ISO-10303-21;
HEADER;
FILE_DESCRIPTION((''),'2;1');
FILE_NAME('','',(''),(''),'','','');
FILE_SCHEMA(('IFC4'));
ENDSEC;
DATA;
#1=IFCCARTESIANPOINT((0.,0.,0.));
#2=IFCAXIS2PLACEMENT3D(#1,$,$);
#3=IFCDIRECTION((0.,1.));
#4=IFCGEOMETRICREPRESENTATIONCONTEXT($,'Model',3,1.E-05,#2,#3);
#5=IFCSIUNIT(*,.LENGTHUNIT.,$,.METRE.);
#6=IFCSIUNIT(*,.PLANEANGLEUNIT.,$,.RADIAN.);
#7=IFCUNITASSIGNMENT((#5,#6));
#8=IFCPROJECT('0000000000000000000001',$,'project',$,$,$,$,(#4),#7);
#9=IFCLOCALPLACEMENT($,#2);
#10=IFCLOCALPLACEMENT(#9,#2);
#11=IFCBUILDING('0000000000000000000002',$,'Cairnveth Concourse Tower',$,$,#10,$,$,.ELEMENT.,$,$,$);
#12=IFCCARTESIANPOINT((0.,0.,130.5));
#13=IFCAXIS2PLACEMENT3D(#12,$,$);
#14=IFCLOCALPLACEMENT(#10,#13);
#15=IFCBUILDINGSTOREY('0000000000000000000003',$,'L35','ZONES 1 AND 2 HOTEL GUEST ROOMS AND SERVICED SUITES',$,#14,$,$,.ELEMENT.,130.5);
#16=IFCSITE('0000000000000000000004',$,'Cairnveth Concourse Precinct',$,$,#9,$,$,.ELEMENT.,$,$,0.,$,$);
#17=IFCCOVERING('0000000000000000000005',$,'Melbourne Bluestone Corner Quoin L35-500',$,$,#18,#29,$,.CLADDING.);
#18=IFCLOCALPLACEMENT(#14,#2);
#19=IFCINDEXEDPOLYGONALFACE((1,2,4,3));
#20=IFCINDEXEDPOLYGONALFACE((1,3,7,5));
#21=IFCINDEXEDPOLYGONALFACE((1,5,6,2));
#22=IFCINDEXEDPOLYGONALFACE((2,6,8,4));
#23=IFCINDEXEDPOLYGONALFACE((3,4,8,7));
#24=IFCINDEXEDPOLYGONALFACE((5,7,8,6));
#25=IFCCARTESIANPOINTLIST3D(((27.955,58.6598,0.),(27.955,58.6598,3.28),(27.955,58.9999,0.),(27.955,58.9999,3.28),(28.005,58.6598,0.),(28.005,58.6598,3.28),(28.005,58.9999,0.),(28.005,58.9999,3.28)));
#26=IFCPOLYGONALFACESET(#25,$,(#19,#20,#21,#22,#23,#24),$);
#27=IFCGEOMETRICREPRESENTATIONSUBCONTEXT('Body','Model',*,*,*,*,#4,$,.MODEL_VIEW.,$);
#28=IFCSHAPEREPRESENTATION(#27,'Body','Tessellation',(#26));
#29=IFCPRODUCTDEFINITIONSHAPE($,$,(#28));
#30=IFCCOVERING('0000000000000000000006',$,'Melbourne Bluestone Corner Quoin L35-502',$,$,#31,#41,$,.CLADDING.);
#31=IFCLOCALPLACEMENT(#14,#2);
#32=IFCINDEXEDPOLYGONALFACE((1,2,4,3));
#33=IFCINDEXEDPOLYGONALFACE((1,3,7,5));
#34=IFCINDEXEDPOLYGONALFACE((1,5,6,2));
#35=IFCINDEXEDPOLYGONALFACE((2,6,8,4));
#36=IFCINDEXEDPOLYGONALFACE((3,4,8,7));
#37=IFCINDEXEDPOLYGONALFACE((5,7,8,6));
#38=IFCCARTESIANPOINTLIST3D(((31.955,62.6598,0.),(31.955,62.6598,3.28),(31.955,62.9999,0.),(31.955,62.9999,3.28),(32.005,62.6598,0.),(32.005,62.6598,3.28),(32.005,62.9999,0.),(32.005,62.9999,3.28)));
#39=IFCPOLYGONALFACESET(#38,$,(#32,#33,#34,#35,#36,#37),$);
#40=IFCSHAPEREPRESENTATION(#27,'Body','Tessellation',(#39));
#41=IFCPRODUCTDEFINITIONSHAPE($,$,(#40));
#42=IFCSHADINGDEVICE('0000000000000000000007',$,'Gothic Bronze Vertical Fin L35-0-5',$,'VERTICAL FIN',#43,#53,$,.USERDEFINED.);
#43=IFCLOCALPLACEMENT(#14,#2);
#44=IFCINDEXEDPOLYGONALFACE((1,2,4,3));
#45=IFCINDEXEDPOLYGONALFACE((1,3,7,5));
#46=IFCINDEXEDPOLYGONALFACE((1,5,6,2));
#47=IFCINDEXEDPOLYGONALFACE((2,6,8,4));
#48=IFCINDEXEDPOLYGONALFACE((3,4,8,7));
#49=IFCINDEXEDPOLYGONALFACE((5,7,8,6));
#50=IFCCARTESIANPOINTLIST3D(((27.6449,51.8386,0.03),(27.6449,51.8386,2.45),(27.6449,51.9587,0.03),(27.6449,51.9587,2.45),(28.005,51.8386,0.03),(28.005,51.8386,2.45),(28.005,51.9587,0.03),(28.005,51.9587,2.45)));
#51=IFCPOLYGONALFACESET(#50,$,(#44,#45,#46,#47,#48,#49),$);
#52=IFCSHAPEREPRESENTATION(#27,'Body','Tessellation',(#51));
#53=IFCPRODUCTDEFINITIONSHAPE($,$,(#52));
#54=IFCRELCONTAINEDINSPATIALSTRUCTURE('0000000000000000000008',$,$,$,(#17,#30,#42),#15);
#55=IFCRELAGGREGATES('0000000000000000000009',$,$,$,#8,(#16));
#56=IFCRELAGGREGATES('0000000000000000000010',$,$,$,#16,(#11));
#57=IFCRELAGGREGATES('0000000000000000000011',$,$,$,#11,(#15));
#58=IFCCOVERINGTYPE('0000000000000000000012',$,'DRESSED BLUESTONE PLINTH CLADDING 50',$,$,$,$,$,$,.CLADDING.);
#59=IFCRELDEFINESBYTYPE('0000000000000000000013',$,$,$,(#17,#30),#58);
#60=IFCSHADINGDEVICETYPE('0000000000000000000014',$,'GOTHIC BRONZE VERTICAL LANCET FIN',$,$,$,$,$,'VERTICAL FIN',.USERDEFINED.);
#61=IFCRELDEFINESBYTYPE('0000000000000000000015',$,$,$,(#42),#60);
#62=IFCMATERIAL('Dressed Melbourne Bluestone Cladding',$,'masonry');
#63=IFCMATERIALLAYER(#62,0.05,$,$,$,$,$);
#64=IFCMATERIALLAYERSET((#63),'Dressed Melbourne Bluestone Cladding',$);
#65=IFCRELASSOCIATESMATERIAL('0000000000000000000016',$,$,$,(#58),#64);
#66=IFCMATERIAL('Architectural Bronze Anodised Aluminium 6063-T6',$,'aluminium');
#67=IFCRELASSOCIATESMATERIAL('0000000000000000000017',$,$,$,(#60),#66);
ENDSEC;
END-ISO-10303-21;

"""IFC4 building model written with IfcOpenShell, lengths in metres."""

from ifc_helpers import new_model, si_unit, direction, frame, frame_2d, origin, origin_2d, place, context, subcontext, project, spatial, rectangle, extrude, material, layer, layer_set, type_object, element, save


model = new_model("IFC4")

# Units and contexts
model_context = context("Model", 3, precision=1e-05, world=origin(), true_north=direction((0.0, 1.0)))
body_context = subcontext(model_context, "Body", "Model", "MODEL_VIEW")
ifc_project = project(units=[si_unit("LENGTHUNIT", "METRE"), si_unit("PLANEANGLEUNIT", "RADIAN")], contexts=[model_context])

# Site, building, storey
site_placement = place(None, origin())
site = spatial("IfcSite", under=ifc_project, at=site_placement, Name="Cairnveth Concourse Precinct", CompositionType="ELEMENT", RefElevation=0.0)
building_placement = place(site_placement, origin())
building = spatial("IfcBuilding", under=site, at=building_placement, Name="Cairnveth Concourse Tower", CompositionType="ELEMENT")
storey_placement = place(building_placement, frame((0.0, 0.0, 130.5)))
storey = spatial("IfcBuildingStorey", under=building, at=storey_placement, Name="L35", Description="ZONES 1 AND 2 HOTEL GUEST ROOMS AND SERVICED SUITES", CompositionType="ELEMENT", Elevation=130.5)

# Coverings
ifc_material_1 = material(Name="Dressed Melbourne Bluestone Cladding", Category="masonry")
ifc_layer_1 = layer(ifc_material_1, 0.05)
ifc_layer_set_1 = layer_set([ifc_layer_1], Name="Dressed Melbourne Bluestone Cladding")
covering_type = type_object("IfcCoveringType", Name="DRESSED BLUESTONE PLINTH CLADDING 50", PredefinedType="CLADDING", material=ifc_layer_set_1)
for number, where, z_axis, x_axis, name in (
    (1, (27.98, 58.6599, 0.0), (0.0, 0.0, 1.0), (0.0, 1.0, 0.0), "Melbourne Bluestone Corner Quoin L35-500"),
    (2, (31.98, 62.6599, 0.0), (0.0, 0.0, 1.0), (0.0, 1.0, 0.0), "Melbourne Bluestone Corner Quoin L35-502"),
):
    element("IfcCovering", number, at=place(storey_placement, frame(where, z_axis=z_axis, x_axis=x_axis)), inside=storey, type_object=covering_type, Name=name, PredefinedType="CLADDING", context=body_context, shape_type="SweptSolid", body=[
        extrude(rectangle(XDim=0.3401, YDim=0.05, at=frame_2d((0.1699, 0.0))), origin(), (0.0, 0.0, 1.0), 3.28),
    ])

# Shading device
ifc_material_2 = material(Name="Architectural Bronze Anodised Aluminium 6063-T6", Category="aluminium")
shading_device_type = type_object("IfcShadingDeviceType", Name="GOTHIC BRONZE VERTICAL LANCET FIN", ElementType="VERTICAL FIN", PredefinedType="USERDEFINED", material=ifc_material_2)
shading_device_placement = place(storey_placement, frame((27.825, 51.8987, 0.03), z_axis=(0.0, 0.0, 1.0), x_axis=(0.0, 1.0, 0.0)))
element("IfcShadingDevice", 3, at=shading_device_placement, inside=storey, type_object=shading_device_type, Name="Gothic Bronze Vertical Fin L35-0-5", ObjectType="VERTICAL FIN", PredefinedType="USERDEFINED", context=body_context, shape_type="SweptSolid", body=[
    extrude(rectangle(XDim=0.1201, YDim=0.3601, at=origin_2d()), origin(), (0.0, 0.0, 1.0), 2.4199),
])

save(model, "model.ifc")
